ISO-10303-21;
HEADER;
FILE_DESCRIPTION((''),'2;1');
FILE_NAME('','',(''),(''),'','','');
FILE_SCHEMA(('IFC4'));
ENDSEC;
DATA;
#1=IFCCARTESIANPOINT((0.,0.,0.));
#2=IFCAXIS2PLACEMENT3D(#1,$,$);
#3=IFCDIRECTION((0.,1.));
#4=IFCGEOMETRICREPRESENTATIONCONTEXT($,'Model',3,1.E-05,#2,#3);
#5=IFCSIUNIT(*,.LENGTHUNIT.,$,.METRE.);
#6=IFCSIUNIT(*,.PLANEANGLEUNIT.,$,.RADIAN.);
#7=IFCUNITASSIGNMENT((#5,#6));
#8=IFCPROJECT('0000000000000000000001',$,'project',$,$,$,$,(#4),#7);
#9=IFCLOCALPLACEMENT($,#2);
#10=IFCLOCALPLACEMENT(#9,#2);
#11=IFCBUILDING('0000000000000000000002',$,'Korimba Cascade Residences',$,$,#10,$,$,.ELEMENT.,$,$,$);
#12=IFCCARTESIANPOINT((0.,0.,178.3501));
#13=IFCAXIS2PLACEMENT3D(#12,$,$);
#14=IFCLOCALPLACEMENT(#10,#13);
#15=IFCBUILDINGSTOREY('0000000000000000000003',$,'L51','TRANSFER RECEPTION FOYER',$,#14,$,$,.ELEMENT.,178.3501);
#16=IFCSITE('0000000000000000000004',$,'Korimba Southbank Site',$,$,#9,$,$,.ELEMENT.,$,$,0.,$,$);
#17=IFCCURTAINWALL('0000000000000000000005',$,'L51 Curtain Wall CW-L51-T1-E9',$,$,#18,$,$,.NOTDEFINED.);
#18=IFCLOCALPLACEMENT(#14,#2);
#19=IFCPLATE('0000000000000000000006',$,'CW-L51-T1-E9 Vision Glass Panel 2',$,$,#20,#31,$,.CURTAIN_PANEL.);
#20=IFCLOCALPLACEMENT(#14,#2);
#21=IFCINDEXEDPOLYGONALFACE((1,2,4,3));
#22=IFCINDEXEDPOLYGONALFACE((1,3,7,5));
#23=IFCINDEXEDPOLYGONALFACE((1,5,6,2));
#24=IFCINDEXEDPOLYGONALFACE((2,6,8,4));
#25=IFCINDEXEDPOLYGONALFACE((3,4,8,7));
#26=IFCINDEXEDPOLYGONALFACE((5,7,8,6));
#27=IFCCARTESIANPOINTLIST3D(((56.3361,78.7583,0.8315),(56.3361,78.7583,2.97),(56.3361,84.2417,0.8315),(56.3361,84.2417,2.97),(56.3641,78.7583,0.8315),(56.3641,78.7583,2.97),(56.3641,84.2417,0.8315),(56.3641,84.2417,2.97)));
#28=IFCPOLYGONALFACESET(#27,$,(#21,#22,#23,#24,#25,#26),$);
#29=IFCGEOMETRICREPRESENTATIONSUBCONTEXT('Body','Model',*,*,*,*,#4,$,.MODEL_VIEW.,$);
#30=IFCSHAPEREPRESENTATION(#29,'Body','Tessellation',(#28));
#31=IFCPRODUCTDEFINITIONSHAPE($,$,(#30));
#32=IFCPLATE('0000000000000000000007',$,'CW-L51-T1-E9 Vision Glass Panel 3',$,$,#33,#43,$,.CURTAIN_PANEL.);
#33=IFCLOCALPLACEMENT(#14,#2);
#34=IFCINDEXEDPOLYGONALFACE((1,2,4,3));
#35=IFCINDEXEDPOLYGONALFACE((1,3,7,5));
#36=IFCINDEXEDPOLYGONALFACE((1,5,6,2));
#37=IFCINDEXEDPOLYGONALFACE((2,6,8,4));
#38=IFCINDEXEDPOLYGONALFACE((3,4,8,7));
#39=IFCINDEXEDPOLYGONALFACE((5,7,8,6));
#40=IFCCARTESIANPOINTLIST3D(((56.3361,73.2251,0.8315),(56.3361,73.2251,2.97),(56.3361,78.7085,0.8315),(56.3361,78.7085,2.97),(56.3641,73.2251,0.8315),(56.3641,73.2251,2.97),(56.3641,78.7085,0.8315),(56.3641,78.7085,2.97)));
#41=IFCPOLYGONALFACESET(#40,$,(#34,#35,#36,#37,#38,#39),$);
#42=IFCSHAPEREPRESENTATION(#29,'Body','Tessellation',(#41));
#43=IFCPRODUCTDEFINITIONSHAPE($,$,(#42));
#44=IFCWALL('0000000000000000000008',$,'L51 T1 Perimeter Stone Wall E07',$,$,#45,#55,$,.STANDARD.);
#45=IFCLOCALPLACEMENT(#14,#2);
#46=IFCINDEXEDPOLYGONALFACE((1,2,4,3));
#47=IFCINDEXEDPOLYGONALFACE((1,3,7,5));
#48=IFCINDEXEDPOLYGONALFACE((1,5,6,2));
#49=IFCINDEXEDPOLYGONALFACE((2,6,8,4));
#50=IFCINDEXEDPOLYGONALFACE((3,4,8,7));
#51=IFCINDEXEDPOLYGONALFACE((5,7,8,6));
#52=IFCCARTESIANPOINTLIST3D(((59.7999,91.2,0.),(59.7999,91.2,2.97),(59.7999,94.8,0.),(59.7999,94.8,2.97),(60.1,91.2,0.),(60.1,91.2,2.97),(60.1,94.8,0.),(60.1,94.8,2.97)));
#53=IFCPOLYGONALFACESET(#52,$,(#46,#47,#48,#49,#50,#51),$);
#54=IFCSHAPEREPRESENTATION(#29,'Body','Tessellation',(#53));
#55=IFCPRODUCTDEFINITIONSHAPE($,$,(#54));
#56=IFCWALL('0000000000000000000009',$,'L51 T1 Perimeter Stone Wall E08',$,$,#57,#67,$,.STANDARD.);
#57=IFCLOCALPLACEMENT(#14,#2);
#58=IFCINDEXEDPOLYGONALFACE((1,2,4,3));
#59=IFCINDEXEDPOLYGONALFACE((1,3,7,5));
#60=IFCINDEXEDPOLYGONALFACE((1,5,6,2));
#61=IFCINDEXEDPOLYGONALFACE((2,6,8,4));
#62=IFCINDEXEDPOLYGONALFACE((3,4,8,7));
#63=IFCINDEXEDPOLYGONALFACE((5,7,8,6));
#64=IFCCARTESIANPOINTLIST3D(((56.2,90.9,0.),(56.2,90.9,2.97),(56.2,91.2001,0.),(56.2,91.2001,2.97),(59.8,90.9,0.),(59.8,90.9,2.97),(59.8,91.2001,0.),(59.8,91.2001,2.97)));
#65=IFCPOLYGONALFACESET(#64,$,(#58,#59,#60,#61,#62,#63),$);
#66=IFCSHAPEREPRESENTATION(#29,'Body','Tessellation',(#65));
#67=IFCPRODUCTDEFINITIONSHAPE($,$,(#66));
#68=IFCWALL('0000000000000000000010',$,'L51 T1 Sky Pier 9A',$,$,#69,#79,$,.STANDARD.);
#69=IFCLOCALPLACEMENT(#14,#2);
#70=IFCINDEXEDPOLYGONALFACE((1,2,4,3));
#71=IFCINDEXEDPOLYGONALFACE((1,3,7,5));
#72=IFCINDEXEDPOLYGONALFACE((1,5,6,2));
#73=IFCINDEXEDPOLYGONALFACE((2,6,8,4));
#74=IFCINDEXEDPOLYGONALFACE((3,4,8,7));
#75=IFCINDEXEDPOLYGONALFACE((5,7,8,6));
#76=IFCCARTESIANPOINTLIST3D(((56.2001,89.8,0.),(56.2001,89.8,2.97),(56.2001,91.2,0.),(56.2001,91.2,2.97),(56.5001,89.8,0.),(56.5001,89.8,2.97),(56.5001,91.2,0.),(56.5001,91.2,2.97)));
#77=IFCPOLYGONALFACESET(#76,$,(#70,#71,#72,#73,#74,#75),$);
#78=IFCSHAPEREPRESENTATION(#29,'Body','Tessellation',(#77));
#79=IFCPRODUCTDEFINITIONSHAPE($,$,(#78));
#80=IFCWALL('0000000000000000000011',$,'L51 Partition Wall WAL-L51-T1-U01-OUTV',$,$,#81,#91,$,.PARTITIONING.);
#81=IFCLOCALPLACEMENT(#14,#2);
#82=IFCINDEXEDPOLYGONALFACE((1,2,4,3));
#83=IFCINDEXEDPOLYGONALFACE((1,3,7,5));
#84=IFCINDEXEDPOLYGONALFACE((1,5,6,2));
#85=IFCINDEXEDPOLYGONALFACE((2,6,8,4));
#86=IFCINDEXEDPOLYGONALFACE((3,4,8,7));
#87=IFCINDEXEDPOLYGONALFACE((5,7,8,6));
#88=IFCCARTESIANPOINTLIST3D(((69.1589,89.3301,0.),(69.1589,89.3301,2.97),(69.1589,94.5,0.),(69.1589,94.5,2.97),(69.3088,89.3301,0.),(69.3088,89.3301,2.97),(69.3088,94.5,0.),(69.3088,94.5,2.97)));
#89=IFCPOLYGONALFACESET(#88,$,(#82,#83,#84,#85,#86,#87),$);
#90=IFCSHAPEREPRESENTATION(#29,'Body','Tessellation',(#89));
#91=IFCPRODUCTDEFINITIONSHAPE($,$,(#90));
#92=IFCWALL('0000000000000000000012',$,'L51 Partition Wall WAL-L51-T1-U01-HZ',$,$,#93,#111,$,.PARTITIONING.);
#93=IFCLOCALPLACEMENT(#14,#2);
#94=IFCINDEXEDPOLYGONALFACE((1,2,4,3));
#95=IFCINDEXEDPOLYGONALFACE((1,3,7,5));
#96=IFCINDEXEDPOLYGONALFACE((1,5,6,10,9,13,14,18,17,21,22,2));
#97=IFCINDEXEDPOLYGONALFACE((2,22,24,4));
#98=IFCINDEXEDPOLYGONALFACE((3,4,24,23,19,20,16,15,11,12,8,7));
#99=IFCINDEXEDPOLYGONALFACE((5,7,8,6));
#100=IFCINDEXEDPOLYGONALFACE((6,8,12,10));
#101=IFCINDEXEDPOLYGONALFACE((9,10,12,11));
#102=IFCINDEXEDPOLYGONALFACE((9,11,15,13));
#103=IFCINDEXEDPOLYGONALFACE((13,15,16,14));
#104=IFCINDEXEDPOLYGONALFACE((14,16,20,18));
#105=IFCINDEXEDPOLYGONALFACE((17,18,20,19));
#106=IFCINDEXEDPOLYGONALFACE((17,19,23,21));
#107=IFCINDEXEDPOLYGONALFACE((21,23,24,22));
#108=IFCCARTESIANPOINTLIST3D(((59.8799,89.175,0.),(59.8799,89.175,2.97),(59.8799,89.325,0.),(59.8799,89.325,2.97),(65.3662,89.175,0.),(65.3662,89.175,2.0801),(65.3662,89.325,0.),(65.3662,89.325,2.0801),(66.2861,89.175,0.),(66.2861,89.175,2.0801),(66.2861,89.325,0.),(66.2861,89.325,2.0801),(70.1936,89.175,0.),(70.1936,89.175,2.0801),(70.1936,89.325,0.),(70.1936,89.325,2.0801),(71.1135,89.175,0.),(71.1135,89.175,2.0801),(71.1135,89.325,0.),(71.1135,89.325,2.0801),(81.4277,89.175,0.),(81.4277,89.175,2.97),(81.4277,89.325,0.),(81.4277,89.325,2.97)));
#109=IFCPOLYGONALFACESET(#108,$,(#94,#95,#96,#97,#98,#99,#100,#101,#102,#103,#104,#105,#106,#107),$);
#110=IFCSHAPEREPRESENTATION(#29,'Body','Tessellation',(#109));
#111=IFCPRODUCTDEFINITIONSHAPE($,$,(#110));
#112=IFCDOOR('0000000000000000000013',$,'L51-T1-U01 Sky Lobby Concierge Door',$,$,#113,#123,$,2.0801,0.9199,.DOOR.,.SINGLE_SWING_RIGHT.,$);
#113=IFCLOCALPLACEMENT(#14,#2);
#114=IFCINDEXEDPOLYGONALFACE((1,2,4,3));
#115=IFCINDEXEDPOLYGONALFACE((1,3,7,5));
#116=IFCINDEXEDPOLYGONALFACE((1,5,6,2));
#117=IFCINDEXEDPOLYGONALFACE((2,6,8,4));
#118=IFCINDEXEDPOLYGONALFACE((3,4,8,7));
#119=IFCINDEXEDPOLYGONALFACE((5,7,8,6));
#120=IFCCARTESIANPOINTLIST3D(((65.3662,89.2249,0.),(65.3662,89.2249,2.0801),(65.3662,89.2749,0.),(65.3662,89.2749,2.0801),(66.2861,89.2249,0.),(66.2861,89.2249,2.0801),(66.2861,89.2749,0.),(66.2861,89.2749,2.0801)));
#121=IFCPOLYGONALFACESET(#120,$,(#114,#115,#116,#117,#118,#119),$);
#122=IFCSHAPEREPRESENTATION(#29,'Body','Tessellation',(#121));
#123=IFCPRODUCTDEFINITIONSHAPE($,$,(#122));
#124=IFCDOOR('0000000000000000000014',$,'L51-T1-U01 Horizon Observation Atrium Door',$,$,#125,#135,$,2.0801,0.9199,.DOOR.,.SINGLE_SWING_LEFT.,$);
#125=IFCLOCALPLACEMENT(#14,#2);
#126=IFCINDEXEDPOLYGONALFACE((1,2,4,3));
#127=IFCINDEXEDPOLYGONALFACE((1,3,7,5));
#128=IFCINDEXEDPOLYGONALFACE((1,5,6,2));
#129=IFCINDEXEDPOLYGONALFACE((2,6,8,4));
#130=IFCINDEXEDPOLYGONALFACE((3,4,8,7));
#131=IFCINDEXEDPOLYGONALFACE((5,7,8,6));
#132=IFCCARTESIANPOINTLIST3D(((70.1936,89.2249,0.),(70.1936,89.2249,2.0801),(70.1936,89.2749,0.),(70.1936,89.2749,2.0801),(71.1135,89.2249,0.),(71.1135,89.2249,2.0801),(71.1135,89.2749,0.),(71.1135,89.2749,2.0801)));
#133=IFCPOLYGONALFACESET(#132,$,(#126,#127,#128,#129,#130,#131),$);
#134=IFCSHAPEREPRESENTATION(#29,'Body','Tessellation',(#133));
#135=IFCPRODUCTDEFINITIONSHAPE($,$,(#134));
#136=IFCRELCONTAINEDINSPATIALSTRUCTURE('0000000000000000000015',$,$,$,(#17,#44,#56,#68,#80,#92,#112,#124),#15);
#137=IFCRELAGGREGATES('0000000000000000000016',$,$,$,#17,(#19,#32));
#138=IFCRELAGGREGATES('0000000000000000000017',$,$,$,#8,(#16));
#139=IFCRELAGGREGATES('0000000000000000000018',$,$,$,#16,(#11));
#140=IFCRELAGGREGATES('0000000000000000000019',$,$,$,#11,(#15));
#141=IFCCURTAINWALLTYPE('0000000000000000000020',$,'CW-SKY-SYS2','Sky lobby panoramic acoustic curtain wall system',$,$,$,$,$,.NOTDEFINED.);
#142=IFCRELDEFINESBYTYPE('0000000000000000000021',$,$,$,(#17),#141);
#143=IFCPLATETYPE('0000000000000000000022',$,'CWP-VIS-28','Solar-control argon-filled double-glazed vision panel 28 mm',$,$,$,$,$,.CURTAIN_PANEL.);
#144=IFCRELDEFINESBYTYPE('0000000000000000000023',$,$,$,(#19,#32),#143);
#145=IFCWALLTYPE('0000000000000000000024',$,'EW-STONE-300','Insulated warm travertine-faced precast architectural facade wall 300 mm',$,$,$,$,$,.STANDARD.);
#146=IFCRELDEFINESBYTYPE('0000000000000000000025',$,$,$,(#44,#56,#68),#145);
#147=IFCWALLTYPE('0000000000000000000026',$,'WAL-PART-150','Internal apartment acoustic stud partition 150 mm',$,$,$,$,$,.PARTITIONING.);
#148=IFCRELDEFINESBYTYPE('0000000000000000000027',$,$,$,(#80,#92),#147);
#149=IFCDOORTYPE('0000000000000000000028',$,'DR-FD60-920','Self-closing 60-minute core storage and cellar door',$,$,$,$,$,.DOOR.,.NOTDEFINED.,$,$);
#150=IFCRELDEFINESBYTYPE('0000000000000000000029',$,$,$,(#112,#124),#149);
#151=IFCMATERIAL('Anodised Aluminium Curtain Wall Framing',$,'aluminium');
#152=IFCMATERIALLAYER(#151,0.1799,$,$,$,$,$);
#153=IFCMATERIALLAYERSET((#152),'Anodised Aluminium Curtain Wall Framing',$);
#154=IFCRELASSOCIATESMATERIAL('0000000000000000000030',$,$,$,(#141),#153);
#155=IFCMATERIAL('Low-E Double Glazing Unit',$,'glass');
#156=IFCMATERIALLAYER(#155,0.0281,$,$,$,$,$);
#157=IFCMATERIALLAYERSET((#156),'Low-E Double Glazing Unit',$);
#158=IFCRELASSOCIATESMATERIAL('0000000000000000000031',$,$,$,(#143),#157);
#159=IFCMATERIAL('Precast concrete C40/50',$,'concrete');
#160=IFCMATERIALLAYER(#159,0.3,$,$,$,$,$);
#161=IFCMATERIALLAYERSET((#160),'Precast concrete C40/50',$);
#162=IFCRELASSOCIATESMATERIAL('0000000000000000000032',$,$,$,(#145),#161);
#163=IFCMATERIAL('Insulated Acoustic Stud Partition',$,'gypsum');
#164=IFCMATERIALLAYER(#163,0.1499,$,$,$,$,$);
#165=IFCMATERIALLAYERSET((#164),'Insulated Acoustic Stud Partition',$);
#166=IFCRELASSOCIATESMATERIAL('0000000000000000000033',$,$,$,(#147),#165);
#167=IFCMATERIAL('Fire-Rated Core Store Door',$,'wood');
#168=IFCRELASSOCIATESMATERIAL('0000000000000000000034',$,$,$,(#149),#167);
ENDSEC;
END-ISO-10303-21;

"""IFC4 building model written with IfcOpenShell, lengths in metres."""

from ifc_helpers import new_model, si_unit, direction, frame, frame_2d, origin, origin_2d, place, context, subcontext, project, spatial, rectangle, extrude, material, layer, layer_set, type_object, element, fill, aggregate, save


model = new_model("IFC4")

# Units and contexts
model_context = context("Model", 3, precision=1e-05, world=origin(), true_north=direction((0.0, 1.0)))
body_context = subcontext(model_context, "Body", "Model", "MODEL_VIEW")
ifc_project = project(units=[si_unit("LENGTHUNIT", "METRE"), si_unit("PLANEANGLEUNIT", "RADIAN")], contexts=[model_context])

# Site, building, storey
site_placement = place(None, origin())
site = spatial("IfcSite", under=ifc_project, at=site_placement, Name="Korimba Southbank Site", CompositionType="ELEMENT", RefElevation=0.0)
building_placement = place(site_placement, origin())
building = spatial("IfcBuilding", under=site, at=building_placement, Name="Korimba Cascade Residences", CompositionType="ELEMENT")
storey_placement = place(building_placement, frame((0.0, 0.0, 178.3501)))
storey = spatial("IfcBuildingStorey", under=building, at=storey_placement, Name="L51", Description="TRANSFER RECEPTION FOYER", CompositionType="ELEMENT", Elevation=178.3501)

# Curtain wall, plates
ifc_material_1 = material(Name="Anodised Aluminium Curtain Wall Framing", Category="aluminium")
ifc_layer_1 = layer(ifc_material_1, 0.1799)
ifc_layer_set_1 = layer_set([ifc_layer_1], Name="Anodised Aluminium Curtain Wall Framing")
curtain_wall_type = type_object("IfcCurtainWallType", Name="CW-SKY-SYS2", Description="Sky lobby panoramic acoustic curtain wall system", PredefinedType="NOTDEFINED", material=ifc_layer_set_1)
curtain_wall_placement = place(storey_placement, origin())
curtain_wall = element("IfcCurtainWall", 1, at=curtain_wall_placement, inside=storey, type_object=curtain_wall_type, Name="L51 Curtain Wall CW-L51-T1-E9", PredefinedType="NOTDEFINED")
ifc_material_2 = material(Name="Low-E Double Glazing Unit", Category="glass")
ifc_layer_2 = layer(ifc_material_2, 0.0281)
ifc_layer_set_2 = layer_set([ifc_layer_2], Name="Low-E Double Glazing Unit")
plate_type_1 = type_object("IfcPlateType", Name="CWP-VIS-28", Description="Solar-control argon-filled double-glazed vision panel 28 mm", PredefinedType="CURTAIN_PANEL", material=ifc_layer_set_2)
plate_1_placement = place(storey_placement, frame((56.3501, 81.5, 0.8315), z_axis=(0.0, 0.0, 1.0), x_axis=(0.0, -1.0, 0.0)))
plate_1 = element("IfcPlate", 2, at=plate_1_placement, type_object=plate_type_1, Name="CW-L51-T1-E9 Vision Glass Panel 2", PredefinedType="CURTAIN_PANEL", context=body_context, shape_type="SweptSolid", body=[
    extrude(rectangle(XDim=5.4834, YDim=0.0281, at=origin_2d()), origin(), (0.0, 0.0, 1.0), 2.1384),
])
plate_2_placement = place(storey_placement, frame((56.3501, 75.9668, 0.8315), z_axis=(0.0, 0.0, 1.0), x_axis=(0.0, -1.0, 0.0)))
plate_2 = element("IfcPlate", 3, at=plate_2_placement, type_object=plate_type_1, Name="CW-L51-T1-E9 Vision Glass Panel 3", PredefinedType="CURTAIN_PANEL", context=body_context, shape_type="SweptSolid", body=[
    extrude(rectangle(XDim=5.4834, YDim=0.0281, at=origin_2d()), origin(), (0.0, 0.0, 1.0), 2.1384),
])
aggregate(curtain_wall, [plate_1, plate_2])

# Walls
ifc_material_3 = material(Name="Precast concrete C40/50", Category="concrete")
ifc_layer_3 = layer(ifc_material_3, 0.3)
ifc_layer_set_3 = layer_set([ifc_layer_3], Name="Precast concrete C40/50")
wall_type_1 = type_object("IfcWallType", Name="EW-STONE-300", Description="Insulated warm travertine-faced precast architectural facade wall 300 mm", PredefinedType="STANDARD", material=ifc_layer_set_3)
for number, where, z_axis, x_axis, name in (
    (4, (59.95, 94.8, 0.0), (0.0, 0.0, 1.0), (0.0, -1.0, 0.0), "L51 T1 Perimeter Stone Wall E07"),
    (5, (59.8, 91.05, 0.0), (0.0, 0.0, 1.0), (-1.0, 0.0, 0.0), "L51 T1 Perimeter Stone Wall E08"),
):
    element("IfcWall", number, at=place(storey_placement, frame(where, z_axis=z_axis, x_axis=x_axis)), inside=storey, type_object=wall_type_1, Name=name, PredefinedType="STANDARD", context=body_context, shape_type="SweptSolid", body=[
        extrude(rectangle(XDim=3.6001, YDim=0.3, at=frame_2d((1.8, 0.0))), origin(), (0.0, 0.0, 1.0), 2.97),
    ])
wall_1_placement = place(storey_placement, frame((56.3501, 91.2, 0.0), z_axis=(0.0, 0.0, 1.0), x_axis=(0.0, -1.0, 0.0)))
element("IfcWall", 6, at=wall_1_placement, inside=storey, type_object=wall_type_1, Name="L51 T1 Sky Pier 9A", PredefinedType="STANDARD", context=body_context, shape_type="SweptSolid", body=[
    extrude(rectangle(XDim=1.3999, YDim=0.3, at=frame_2d((0.7, 0.0))), origin(), (0.0, 0.0, 1.0), 2.97),
])
ifc_material_4 = material(Name="Insulated Acoustic Stud Partition", Category="gypsum")
ifc_layer_4 = layer(ifc_material_4, 0.1499)
ifc_layer_set_4 = layer_set([ifc_layer_4], Name="Insulated Acoustic Stud Partition")
wall_type_2 = type_object("IfcWallType", Name="WAL-PART-150", Description="Internal apartment acoustic stud partition 150 mm", PredefinedType="PARTITIONING", material=ifc_layer_set_4)
wall_2_placement = place(storey_placement, frame((69.2339, 89.3301, 0.0), z_axis=(0.0, 0.0, 1.0), x_axis=(0.0, 1.0, 0.0)))
element("IfcWall", 7, at=wall_2_placement, inside=storey, type_object=wall_type_2, Name="L51 Partition Wall WAL-L51-T1-U01-OUTV", PredefinedType="PARTITIONING", context=body_context, shape_type="SweptSolid", body=[
    extrude(rectangle(XDim=5.1699, YDim=0.1499, at=frame_2d((2.585, 0.0))), origin(), (0.0, 0.0, 1.0), 2.97),
])

# Wall, openings, doors
wall_3_placement = place(storey_placement, frame((59.8799, 89.25, 0.0), z_axis=(0.0, 0.0, 1.0), x_axis=(1.0, 0.0, 0.0)))
wall_3 = element("IfcWall", 8, at=wall_3_placement, inside=storey, type_object=wall_type_2, Name="L51 Partition Wall WAL-L51-T1-U01-HZ", PredefinedType="PARTITIONING", context=body_context, shape_type="SweptSolid", body=[
    extrude(rectangle(XDim=21.5479, YDim=0.1499, at=frame_2d((10.7739, 0.0))), origin(), (0.0, 0.0, 1.0), 2.97),
])
opening_1_placement = place(wall_3_placement, frame((5.4863, 0.0, 0.0)))
opening_1 = element("IfcOpeningElement", 9, at=opening_1_placement, cuts=wall_3, PredefinedType="OPENING", context=body_context, shape_type="SweptSolid", body=[
    extrude(rectangle(XDim=0.9199, YDim=2.0801, at=frame_2d((0.46, 1.04))), frame((0.0, 0.085, 0.0), z_axis=(0.0, -1.0, 0.0), x_axis=(1.0, 0.0, 0.0)), (0.0, 0.0, 1.0), 0.1699),
])
opening_2_placement = place(wall_3_placement, frame((10.3137, 0.0, 0.0)))
opening_2 = element("IfcOpeningElement", 10, at=opening_2_placement, cuts=wall_3, PredefinedType="OPENING", context=body_context, shape_type="SweptSolid", body=[
    extrude(rectangle(XDim=0.9199, YDim=2.0801, at=frame_2d((0.46, 1.04))), frame((0.0, 0.085, 0.0), z_axis=(0.0, -1.0, 0.0), x_axis=(1.0, 0.0, 0.0)), (0.0, 0.0, 1.0), 0.1699),
])
ifc_material_5 = material(Name="Fire-Rated Core Store Door", Category="wood")
door_type = type_object("IfcDoorType", Name="DR-FD60-920", Description="Self-closing 60-minute core storage and cellar door", OperationType="NOTDEFINED", PredefinedType="DOOR", material=ifc_material_5)
door_1_placement = place(opening_1_placement, origin())
door_1 = element("IfcDoor", 11, at=door_1_placement, inside=storey, type_object=door_type, Name="L51-T1-U01 Sky Lobby Concierge Door", OperationType="SINGLE_SWING_RIGHT", OverallHeight=2.0801, OverallWidth=0.9199, PredefinedType="DOOR", context=body_context, shape_type="SweptSolid", body=[
    extrude(rectangle(XDim=0.9199, YDim=2.0801, at=frame_2d((0.46, 1.04))), frame((0.0, 0.0249, 0.0), z_axis=(0.0, -1.0, 0.0), x_axis=(1.0, 0.0, 0.0)), (0.0, 0.0, 1.0), 0.05),
])
fill(opening_1, door_1)
door_2_placement = place(opening_2_placement, origin())
door_2 = element("IfcDoor", 12, at=door_2_placement, inside=storey, type_object=door_type, Name="L51-T1-U01 Horizon Observation Atrium Door", OperationType="SINGLE_SWING_LEFT", OverallHeight=2.0801, OverallWidth=0.9199, PredefinedType="DOOR", context=body_context, shape_type="SweptSolid", body=[
    extrude(rectangle(XDim=0.9199, YDim=2.0801, at=frame_2d((0.46, 1.04))), frame((0.0, 0.0249, 0.0), z_axis=(0.0, -1.0, 0.0), x_axis=(1.0, 0.0, 0.0)), (0.0, 0.0, 1.0), 0.05),
])
fill(opening_2, door_2)

save(model, "model.ifc")
